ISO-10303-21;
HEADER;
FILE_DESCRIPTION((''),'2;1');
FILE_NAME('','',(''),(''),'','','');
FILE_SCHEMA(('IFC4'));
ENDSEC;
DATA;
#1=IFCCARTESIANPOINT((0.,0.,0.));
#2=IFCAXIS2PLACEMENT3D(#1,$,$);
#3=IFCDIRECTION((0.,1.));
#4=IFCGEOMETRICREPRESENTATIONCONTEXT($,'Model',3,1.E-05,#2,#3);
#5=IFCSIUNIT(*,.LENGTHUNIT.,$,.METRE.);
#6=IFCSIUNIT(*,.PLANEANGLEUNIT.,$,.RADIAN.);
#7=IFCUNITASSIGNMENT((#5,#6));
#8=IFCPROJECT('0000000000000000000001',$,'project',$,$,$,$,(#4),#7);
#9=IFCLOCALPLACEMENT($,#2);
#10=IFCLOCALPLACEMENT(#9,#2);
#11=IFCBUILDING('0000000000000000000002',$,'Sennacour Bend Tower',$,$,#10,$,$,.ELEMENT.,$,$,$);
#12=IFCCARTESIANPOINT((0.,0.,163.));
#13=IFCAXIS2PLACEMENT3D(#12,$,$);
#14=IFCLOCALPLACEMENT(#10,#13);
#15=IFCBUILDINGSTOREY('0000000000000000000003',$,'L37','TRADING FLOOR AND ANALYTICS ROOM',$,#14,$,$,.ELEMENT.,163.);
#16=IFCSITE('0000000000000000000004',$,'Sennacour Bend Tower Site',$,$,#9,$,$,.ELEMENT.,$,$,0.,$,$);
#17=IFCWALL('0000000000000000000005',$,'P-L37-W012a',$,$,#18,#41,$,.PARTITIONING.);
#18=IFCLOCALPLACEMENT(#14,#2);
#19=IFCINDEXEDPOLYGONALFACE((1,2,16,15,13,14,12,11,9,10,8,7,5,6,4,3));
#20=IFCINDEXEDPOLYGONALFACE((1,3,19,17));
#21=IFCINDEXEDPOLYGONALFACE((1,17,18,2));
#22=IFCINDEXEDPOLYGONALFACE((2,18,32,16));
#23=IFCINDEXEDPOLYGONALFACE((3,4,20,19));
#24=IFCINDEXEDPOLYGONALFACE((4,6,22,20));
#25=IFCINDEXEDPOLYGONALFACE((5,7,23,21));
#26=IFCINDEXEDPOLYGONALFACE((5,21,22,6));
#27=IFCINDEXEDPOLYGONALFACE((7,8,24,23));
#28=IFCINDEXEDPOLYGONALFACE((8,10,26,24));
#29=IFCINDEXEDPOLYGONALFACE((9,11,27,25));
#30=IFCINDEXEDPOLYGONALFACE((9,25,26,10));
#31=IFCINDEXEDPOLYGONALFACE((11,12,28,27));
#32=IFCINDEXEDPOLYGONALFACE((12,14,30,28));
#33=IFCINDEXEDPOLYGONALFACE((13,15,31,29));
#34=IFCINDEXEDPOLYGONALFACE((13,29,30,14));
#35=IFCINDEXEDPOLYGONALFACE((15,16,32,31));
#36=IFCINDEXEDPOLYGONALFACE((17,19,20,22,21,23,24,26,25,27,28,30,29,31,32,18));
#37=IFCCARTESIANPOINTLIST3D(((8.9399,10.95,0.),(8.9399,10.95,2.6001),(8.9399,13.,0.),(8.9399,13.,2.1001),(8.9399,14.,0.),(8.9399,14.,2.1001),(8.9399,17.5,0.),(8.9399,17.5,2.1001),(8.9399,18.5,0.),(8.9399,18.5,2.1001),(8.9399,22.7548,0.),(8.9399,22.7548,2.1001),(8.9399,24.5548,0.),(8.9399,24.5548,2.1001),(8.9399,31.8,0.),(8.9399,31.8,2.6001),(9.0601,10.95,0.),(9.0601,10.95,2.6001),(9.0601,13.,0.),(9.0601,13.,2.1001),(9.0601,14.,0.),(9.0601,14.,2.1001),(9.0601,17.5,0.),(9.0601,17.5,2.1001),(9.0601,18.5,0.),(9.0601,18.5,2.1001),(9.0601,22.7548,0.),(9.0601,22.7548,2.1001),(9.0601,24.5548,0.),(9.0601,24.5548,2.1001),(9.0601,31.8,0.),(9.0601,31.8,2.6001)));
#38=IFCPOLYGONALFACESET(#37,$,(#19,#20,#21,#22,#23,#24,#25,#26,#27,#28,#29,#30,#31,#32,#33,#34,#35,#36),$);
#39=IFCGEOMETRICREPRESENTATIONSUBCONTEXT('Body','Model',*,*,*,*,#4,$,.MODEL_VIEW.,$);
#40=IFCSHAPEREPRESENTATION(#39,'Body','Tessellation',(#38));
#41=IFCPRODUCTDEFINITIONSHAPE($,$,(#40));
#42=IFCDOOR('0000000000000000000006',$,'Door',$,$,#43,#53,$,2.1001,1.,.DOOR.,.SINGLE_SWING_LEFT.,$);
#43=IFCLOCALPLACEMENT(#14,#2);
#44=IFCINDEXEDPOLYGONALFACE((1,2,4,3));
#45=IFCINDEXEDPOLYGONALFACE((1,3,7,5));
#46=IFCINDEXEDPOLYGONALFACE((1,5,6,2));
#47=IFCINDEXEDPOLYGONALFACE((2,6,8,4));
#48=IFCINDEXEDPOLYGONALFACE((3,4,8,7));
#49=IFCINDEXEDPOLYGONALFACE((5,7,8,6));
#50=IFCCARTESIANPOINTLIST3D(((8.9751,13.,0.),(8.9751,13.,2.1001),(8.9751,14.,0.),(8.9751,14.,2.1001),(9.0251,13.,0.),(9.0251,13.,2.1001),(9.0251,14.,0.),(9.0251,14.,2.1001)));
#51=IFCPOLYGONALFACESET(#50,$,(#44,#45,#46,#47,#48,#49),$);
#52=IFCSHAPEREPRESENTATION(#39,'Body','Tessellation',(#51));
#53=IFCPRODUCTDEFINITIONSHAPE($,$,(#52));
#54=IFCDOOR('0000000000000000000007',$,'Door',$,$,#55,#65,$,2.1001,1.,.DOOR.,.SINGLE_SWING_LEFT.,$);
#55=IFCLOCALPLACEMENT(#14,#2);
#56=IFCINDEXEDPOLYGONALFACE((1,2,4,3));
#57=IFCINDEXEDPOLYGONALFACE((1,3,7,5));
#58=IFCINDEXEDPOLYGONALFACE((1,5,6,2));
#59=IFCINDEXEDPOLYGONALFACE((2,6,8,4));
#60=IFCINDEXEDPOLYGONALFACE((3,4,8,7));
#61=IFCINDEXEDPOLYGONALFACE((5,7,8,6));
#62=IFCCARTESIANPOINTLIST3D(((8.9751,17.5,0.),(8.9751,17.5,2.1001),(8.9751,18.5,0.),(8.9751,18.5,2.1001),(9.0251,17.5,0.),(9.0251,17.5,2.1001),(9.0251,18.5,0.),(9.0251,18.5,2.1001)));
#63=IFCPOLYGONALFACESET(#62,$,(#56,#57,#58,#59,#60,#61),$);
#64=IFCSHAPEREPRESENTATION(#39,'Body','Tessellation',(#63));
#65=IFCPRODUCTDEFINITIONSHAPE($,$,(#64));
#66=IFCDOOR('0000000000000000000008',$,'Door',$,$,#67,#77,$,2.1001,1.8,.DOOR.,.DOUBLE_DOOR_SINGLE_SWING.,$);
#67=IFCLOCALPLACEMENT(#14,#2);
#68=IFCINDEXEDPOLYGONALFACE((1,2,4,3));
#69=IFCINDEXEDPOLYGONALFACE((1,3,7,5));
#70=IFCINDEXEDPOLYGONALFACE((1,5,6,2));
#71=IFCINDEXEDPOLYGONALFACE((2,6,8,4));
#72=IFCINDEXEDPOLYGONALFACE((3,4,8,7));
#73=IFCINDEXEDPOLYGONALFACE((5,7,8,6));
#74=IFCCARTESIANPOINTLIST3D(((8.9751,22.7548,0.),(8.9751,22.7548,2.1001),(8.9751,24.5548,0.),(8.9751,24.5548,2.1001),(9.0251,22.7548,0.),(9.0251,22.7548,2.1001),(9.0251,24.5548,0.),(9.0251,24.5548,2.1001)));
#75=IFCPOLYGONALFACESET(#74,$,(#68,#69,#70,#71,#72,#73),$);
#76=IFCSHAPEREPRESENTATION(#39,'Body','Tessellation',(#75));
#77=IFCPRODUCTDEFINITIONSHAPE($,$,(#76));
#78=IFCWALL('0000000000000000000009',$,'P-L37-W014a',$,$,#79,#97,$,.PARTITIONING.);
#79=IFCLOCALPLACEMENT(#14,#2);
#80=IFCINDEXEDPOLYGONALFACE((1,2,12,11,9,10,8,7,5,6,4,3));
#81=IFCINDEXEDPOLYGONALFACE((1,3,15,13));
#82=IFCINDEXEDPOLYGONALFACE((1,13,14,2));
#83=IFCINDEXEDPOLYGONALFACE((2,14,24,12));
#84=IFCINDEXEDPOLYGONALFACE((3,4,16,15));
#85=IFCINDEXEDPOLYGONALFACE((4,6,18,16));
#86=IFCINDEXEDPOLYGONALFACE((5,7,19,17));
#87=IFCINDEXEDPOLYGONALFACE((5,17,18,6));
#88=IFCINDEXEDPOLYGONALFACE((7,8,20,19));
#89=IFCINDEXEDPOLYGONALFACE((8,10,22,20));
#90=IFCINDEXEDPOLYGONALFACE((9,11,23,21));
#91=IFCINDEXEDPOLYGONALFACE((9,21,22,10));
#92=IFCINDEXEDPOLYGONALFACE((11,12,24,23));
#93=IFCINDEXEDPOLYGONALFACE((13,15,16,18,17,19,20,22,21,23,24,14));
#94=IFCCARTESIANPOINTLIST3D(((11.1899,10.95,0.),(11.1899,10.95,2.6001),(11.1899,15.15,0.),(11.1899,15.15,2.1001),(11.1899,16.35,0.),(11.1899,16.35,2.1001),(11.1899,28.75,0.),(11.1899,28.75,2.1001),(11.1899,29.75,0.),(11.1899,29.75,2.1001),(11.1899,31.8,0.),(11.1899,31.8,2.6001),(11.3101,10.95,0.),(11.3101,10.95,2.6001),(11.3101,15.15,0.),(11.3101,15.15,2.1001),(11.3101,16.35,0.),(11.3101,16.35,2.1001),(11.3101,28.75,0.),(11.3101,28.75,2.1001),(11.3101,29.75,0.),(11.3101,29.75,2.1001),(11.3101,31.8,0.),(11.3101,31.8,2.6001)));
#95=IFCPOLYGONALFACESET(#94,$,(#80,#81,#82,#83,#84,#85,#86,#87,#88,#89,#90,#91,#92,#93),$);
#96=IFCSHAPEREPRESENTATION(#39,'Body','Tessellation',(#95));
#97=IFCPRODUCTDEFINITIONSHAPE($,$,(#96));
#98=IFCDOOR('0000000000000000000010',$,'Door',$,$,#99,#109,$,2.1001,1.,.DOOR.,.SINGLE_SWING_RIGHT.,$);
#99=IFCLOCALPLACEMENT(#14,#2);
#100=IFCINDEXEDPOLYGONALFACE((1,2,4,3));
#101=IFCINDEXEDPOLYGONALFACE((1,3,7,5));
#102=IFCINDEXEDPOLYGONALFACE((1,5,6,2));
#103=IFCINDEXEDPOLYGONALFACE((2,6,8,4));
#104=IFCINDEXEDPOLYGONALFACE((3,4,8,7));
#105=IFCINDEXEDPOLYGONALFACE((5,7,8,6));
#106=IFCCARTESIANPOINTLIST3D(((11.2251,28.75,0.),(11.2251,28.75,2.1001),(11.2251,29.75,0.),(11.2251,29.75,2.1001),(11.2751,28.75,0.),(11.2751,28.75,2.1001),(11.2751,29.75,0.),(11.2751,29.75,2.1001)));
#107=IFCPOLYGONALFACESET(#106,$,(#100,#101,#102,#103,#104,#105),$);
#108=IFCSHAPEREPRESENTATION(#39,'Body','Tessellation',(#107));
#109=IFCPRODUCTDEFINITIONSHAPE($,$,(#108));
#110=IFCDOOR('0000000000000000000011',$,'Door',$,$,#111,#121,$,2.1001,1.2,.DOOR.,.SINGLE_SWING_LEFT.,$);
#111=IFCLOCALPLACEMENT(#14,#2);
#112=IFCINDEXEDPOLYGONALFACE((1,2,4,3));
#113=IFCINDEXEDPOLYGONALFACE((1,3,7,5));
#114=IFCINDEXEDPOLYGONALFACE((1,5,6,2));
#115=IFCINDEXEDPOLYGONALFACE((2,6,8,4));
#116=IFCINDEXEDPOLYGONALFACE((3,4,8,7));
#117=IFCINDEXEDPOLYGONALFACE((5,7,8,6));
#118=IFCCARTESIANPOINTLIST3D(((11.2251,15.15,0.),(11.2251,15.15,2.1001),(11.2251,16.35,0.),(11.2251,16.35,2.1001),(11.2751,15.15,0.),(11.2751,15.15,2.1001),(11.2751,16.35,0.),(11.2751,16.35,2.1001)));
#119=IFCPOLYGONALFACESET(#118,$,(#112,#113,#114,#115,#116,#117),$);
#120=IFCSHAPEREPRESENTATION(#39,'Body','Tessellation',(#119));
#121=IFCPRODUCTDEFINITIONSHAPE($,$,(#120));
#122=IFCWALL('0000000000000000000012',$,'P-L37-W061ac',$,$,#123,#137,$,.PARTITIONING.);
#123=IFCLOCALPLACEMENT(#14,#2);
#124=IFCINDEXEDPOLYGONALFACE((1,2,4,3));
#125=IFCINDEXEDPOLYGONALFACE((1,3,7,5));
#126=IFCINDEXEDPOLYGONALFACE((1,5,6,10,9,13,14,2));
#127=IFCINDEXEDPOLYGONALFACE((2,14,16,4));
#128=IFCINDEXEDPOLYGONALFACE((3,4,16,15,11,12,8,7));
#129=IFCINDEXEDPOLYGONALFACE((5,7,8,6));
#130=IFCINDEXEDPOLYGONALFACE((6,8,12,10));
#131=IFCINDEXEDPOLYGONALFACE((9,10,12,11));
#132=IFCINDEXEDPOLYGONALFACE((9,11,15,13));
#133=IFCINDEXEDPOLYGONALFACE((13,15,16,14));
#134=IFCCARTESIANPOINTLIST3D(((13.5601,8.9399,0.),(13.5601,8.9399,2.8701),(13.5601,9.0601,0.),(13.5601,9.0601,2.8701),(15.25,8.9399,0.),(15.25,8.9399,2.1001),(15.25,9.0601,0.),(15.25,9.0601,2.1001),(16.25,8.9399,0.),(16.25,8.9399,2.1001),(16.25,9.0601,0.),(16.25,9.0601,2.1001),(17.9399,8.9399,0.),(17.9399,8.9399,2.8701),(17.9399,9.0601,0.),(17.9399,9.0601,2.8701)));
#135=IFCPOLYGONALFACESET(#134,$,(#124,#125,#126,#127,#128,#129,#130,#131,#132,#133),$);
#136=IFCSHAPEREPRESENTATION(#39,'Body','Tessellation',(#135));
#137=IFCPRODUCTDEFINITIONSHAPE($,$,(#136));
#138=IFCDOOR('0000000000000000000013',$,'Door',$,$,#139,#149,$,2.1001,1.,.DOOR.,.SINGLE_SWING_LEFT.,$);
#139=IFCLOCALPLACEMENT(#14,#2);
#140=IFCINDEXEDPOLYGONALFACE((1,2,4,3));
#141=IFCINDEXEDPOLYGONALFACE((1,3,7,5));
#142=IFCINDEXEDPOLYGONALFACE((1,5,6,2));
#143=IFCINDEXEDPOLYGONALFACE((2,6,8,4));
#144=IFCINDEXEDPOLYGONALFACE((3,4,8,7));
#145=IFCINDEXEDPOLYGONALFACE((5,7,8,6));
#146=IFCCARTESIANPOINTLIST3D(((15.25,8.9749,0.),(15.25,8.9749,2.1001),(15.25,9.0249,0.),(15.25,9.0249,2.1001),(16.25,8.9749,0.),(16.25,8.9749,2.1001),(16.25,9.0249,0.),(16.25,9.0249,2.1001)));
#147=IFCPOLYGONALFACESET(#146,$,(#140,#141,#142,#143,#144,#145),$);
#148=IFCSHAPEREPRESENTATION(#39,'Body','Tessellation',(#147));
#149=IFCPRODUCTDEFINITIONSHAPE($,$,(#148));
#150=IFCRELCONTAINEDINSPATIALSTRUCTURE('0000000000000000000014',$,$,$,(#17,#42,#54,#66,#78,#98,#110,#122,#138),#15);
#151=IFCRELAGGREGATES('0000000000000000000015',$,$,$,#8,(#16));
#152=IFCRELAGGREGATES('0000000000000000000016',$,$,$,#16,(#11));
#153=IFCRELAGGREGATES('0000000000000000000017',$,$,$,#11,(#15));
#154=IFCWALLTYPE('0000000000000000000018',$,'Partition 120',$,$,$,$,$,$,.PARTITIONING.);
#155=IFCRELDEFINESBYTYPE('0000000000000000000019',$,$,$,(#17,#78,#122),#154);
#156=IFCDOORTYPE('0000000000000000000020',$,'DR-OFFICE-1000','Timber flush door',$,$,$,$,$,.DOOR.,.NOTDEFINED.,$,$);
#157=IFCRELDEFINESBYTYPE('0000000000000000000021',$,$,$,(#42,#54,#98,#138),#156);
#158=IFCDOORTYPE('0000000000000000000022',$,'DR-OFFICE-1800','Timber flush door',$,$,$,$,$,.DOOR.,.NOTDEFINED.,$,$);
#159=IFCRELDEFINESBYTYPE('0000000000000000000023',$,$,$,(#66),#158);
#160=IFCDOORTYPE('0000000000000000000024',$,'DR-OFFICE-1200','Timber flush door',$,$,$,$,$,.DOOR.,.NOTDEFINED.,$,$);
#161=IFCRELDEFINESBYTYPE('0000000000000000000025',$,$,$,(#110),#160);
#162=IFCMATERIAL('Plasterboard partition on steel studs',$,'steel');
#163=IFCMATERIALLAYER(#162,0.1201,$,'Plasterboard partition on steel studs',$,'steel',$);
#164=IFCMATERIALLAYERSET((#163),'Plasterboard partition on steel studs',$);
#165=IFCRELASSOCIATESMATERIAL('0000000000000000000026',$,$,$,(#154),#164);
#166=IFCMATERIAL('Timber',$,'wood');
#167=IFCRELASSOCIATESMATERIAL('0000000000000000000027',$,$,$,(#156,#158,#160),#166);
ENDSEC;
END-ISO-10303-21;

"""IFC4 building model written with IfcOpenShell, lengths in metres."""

from ifc_helpers import new_model, si_unit, direction, frame, frame_2d, origin, place, context, subcontext, project, spatial, rectangle, extrude, material, layer, layer_set, type_object, element, fill, save


model = new_model("IFC4")

# Units and contexts
model_context = context("Model", 3, precision=1e-05, world=origin(), true_north=direction((0.0, 1.0)))
body_context = subcontext(model_context, "Body", "Model", "MODEL_VIEW")
ifc_project = project(units=[si_unit("LENGTHUNIT", "METRE"), si_unit("PLANEANGLEUNIT", "RADIAN")], contexts=[model_context])

# Site, building, storey
site_placement = place(None, origin())
site = spatial("IfcSite", under=ifc_project, at=site_placement, Name="Sennacour Bend Tower Site", CompositionType="ELEMENT", RefElevation=0.0)
building_placement = place(site_placement, origin())
building = spatial("IfcBuilding", under=site, at=building_placement, Name="Sennacour Bend Tower", CompositionType="ELEMENT")
storey_placement = place(building_placement, frame((0.0, 0.0, 163.0)))
storey = spatial("IfcBuildingStorey", under=building, at=storey_placement, Name="L37", Description="TRADING FLOOR AND ANALYTICS ROOM", CompositionType="ELEMENT", Elevation=163.0)

# Walls, openings, doors
ifc_material_1 = material(Name="Plasterboard partition on steel studs", Category="steel")
ifc_layer_1 = layer(ifc_material_1, 0.1201, Name="Plasterboard partition on steel studs", Category="steel")
ifc_layer_set_1 = layer_set([ifc_layer_1], Name="Plasterboard partition on steel studs")
wall_type_1 = type_object("IfcWallType", Name="Partition 120", PredefinedType="PARTITIONING", material=ifc_layer_set_1)
wall_1_placement = place(storey_placement, frame((9.0, 10.95, 0.0), z_axis=(0.0, 0.0, 1.0), x_axis=(0.0, 1.0, 0.0)))
wall_1 = element("IfcWall", 1, at=wall_1_placement, inside=storey, type_object=wall_type_1, Name="P-L37-W012a", PredefinedType="PARTITIONING", context=body_context, shape_type="SweptSolid", body=[
    extrude(rectangle(XDim=20.8501, YDim=0.1201, at=frame_2d((10.425, 0.0))), origin(), (0.0, 0.0, 1.0), 2.6001),
])
opening_1_placement = place(wall_1_placement, frame((2.05, 0.0, 0.0)))
opening_1 = element("IfcOpeningElement", 2, at=opening_1_placement, cuts=wall_1, PredefinedType="OPENING", context=body_context, shape_type="SweptSolid", body=[
    extrude(rectangle(XDim=1.0, YDim=2.1001, at=frame_2d((0.5, 1.05))), frame((0.0, 0.0701, 0.0), z_axis=(0.0, -1.0, 0.0), x_axis=(1.0, 0.0, 0.0)), (0.0, 0.0, 1.0), 0.1401),
])
opening_2_placement = place(wall_1_placement, frame((6.55, 0.0, 0.0)))
opening_2 = element("IfcOpeningElement", 3, at=opening_2_placement, cuts=wall_1, PredefinedType="OPENING", context=body_context, shape_type="SweptSolid", body=[
    extrude(rectangle(XDim=1.0, YDim=2.1001, at=frame_2d((0.5, 1.05))), frame((0.0, 0.0701, 0.0), z_axis=(0.0, -1.0, 0.0), x_axis=(1.0, 0.0, 0.0)), (0.0, 0.0, 1.0), 0.1401),
])
opening_3_placement = place(wall_1_placement, frame((11.8049, 0.0, 0.0)))
opening_3 = element("IfcOpeningElement", 4, at=opening_3_placement, cuts=wall_1, PredefinedType="OPENING", context=body_context, shape_type="SweptSolid", body=[
    extrude(rectangle(XDim=1.8, YDim=2.1001, at=frame_2d((0.8999, 1.05))), frame((0.0, 0.0701, 0.0), z_axis=(0.0, -1.0, 0.0), x_axis=(1.0, 0.0, 0.0)), (0.0, 0.0, 1.0), 0.1401),
])
ifc_material_2 = material(Name="Timber", Category="wood")
door_type_1 = type_object("IfcDoorType", Name="DR-OFFICE-1000", Description="Timber flush door", OperationType="NOTDEFINED", PredefinedType="DOOR", material=ifc_material_2)
door_1_placement = place(opening_1_placement, origin())
door_1 = element("IfcDoor", 5, at=door_1_placement, inside=storey, type_object=door_type_1, Name="Door", OperationType="SINGLE_SWING_LEFT", OverallHeight=2.1001, OverallWidth=1.0, PredefinedType="DOOR", context=body_context, shape_type="SweptSolid", body=[
    extrude(rectangle(XDim=1.0, YDim=2.1001, at=frame_2d((0.5, 1.05))), frame((0.0, 0.0249, 0.0), z_axis=(0.0, -1.0, 0.0), x_axis=(1.0, 0.0, 0.0)), (0.0, 0.0, 1.0), 0.05),
])
fill(opening_1, door_1)
door_2_placement = place(opening_2_placement, origin())
door_2 = element("IfcDoor", 6, at=door_2_placement, inside=storey, type_object=door_type_1, Name="Door", OperationType="SINGLE_SWING_LEFT", OverallHeight=2.1001, OverallWidth=1.0, PredefinedType="DOOR", context=body_context, shape_type="SweptSolid", body=[
    extrude(rectangle(XDim=1.0, YDim=2.1001, at=frame_2d((0.5, 1.05))), frame((0.0, 0.0249, 0.0), z_axis=(0.0, -1.0, 0.0), x_axis=(1.0, 0.0, 0.0)), (0.0, 0.0, 1.0), 0.05),
])
fill(opening_2, door_2)
door_type_2 = type_object("IfcDoorType", Name="DR-OFFICE-1800", Description="Timber flush door", OperationType="NOTDEFINED", PredefinedType="DOOR", material=ifc_material_2)
door_3_placement = place(opening_3_placement, origin())
door_3 = element("IfcDoor", 7, at=door_3_placement, inside=storey, type_object=door_type_2, Name="Door", OperationType="DOUBLE_DOOR_SINGLE_SWING", OverallHeight=2.1001, OverallWidth=1.8, PredefinedType="DOOR", context=body_context, shape_type="SweptSolid", body=[
    extrude(rectangle(XDim=1.8, YDim=2.1001, at=frame_2d((0.8999, 1.05))), frame((0.0, 0.0249, 0.0), z_axis=(0.0, -1.0, 0.0), x_axis=(1.0, 0.0, 0.0)), (0.0, 0.0, 1.0), 0.05),
])
fill(opening_3, door_3)
wall_2_placement = place(storey_placement, frame((11.25, 10.95, 0.0), z_axis=(0.0, 0.0, 1.0), x_axis=(0.0, 1.0, 0.0)))
wall_2 = element("IfcWall", 8, at=wall_2_placement, inside=storey, type_object=wall_type_1, Name="P-L37-W014a", PredefinedType="PARTITIONING", context=body_context, shape_type="SweptSolid", body=[
    extrude(rectangle(XDim=20.8501, YDim=0.1201, at=frame_2d((10.425, 0.0))), origin(), (0.0, 0.0, 1.0), 2.6001),
])
opening_4_placement = place(wall_2_placement, frame((17.8, 0.0, 0.0)))
opening_4 = element("IfcOpeningElement", 9, at=opening_4_placement, cuts=wall_2, PredefinedType="OPENING", context=body_context, shape_type="SweptSolid", body=[
    extrude(rectangle(XDim=1.0, YDim=2.1001, at=frame_2d((0.5, 1.05))), frame((0.0, 0.0701, 0.0), z_axis=(0.0, -1.0, 0.0), x_axis=(1.0, 0.0, 0.0)), (0.0, 0.0, 1.0), 0.1401),
])
opening_5_placement = place(wall_2_placement, frame((4.2, 0.0, 0.0)))
opening_5 = element("IfcOpeningElement", 10, at=opening_5_placement, cuts=wall_2, PredefinedType="OPENING", context=body_context, shape_type="SweptSolid", body=[
    extrude(rectangle(XDim=1.2, YDim=2.1001, at=frame_2d((0.6001, 1.05))), frame((0.0, 0.0701, 0.0), z_axis=(0.0, -1.0, 0.0), x_axis=(1.0, 0.0, 0.0)), (0.0, 0.0, 1.0), 0.1401),
])
door_4_placement = place(opening_4_placement, origin())
door_4 = element("IfcDoor", 11, at=door_4_placement, inside=storey, type_object=door_type_1, Name="Door", OperationType="SINGLE_SWING_RIGHT", OverallHeight=2.1001, OverallWidth=1.0, PredefinedType="DOOR", context=body_context, shape_type="SweptSolid", body=[
    extrude(rectangle(XDim=1.0, YDim=2.1001, at=frame_2d((0.5, 1.05))), frame((0.0, 0.0249, 0.0), z_axis=(0.0, -1.0, 0.0), x_axis=(1.0, 0.0, 0.0)), (0.0, 0.0, 1.0), 0.05),
])
fill(opening_4, door_4)
door_type_3 = type_object("IfcDoorType", Name="DR-OFFICE-1200", Description="Timber flush door", OperationType="NOTDEFINED", PredefinedType="DOOR", material=ifc_material_2)
door_5_placement = place(opening_5_placement, origin())
door_5 = element("IfcDoor", 12, at=door_5_placement, inside=storey, type_object=door_type_3, Name="Door", OperationType="SINGLE_SWING_LEFT", OverallHeight=2.1001, OverallWidth=1.2, PredefinedType="DOOR", context=body_context, shape_type="SweptSolid", body=[
    extrude(rectangle(XDim=1.2, YDim=2.1001, at=frame_2d((0.6001, 1.05))), frame((0.0, 0.0249, 0.0), z_axis=(0.0, -1.0, 0.0), x_axis=(1.0, 0.0, 0.0)), (0.0, 0.0, 1.0), 0.05),
])
fill(opening_5, door_5)

# Wall, opening, door
wall_3_placement = place(storey_placement, frame((13.5601, 9.0, 0.0), z_axis=(0.0, 0.0, 1.0), x_axis=(1.0, 0.0, 0.0)))
wall_3 = element("IfcWall", 13, at=wall_3_placement, inside=storey, type_object=wall_type_1, Name="P-L37-W061ac", PredefinedType="PARTITIONING", context=body_context, shape_type="SweptSolid", body=[
    extrude(rectangle(XDim=4.3799, YDim=0.1201, at=frame_2d((2.1899, 0.0))), origin(), (0.0, 0.0, 1.0), 2.8701),
])
opening_6_placement = place(wall_3_placement, frame((1.6899, 0.0, 0.0)))
opening_6 = element("IfcOpeningElement", 14, at=opening_6_placement, cuts=wall_3, PredefinedType="OPENING", context=body_context, shape_type="SweptSolid", body=[
    extrude(rectangle(XDim=1.0, YDim=2.1001, at=frame_2d((0.5, 1.05))), frame((0.0, 0.0701, 0.0), z_axis=(0.0, -1.0, 0.0), x_axis=(1.0, 0.0, 0.0)), (0.0, 0.0, 1.0), 0.1401),
])
door_6_placement = place(opening_6_placement, origin())
door_6 = element("IfcDoor", 15, at=door_6_placement, inside=storey, type_object=door_type_1, Name="Door", OperationType="SINGLE_SWING_LEFT", OverallHeight=2.1001, OverallWidth=1.0, PredefinedType="DOOR", context=body_context, shape_type="SweptSolid", body=[
    extrude(rectangle(XDim=1.0, YDim=2.1001, at=frame_2d((0.5, 1.05))), frame((0.0, 0.0249, 0.0), z_axis=(0.0, -1.0, 0.0), x_axis=(1.0, 0.0, 0.0)), (0.0, 0.0, 1.0), 0.05),
])
fill(opening_6, door_6)

save(model, "model.ifc")
